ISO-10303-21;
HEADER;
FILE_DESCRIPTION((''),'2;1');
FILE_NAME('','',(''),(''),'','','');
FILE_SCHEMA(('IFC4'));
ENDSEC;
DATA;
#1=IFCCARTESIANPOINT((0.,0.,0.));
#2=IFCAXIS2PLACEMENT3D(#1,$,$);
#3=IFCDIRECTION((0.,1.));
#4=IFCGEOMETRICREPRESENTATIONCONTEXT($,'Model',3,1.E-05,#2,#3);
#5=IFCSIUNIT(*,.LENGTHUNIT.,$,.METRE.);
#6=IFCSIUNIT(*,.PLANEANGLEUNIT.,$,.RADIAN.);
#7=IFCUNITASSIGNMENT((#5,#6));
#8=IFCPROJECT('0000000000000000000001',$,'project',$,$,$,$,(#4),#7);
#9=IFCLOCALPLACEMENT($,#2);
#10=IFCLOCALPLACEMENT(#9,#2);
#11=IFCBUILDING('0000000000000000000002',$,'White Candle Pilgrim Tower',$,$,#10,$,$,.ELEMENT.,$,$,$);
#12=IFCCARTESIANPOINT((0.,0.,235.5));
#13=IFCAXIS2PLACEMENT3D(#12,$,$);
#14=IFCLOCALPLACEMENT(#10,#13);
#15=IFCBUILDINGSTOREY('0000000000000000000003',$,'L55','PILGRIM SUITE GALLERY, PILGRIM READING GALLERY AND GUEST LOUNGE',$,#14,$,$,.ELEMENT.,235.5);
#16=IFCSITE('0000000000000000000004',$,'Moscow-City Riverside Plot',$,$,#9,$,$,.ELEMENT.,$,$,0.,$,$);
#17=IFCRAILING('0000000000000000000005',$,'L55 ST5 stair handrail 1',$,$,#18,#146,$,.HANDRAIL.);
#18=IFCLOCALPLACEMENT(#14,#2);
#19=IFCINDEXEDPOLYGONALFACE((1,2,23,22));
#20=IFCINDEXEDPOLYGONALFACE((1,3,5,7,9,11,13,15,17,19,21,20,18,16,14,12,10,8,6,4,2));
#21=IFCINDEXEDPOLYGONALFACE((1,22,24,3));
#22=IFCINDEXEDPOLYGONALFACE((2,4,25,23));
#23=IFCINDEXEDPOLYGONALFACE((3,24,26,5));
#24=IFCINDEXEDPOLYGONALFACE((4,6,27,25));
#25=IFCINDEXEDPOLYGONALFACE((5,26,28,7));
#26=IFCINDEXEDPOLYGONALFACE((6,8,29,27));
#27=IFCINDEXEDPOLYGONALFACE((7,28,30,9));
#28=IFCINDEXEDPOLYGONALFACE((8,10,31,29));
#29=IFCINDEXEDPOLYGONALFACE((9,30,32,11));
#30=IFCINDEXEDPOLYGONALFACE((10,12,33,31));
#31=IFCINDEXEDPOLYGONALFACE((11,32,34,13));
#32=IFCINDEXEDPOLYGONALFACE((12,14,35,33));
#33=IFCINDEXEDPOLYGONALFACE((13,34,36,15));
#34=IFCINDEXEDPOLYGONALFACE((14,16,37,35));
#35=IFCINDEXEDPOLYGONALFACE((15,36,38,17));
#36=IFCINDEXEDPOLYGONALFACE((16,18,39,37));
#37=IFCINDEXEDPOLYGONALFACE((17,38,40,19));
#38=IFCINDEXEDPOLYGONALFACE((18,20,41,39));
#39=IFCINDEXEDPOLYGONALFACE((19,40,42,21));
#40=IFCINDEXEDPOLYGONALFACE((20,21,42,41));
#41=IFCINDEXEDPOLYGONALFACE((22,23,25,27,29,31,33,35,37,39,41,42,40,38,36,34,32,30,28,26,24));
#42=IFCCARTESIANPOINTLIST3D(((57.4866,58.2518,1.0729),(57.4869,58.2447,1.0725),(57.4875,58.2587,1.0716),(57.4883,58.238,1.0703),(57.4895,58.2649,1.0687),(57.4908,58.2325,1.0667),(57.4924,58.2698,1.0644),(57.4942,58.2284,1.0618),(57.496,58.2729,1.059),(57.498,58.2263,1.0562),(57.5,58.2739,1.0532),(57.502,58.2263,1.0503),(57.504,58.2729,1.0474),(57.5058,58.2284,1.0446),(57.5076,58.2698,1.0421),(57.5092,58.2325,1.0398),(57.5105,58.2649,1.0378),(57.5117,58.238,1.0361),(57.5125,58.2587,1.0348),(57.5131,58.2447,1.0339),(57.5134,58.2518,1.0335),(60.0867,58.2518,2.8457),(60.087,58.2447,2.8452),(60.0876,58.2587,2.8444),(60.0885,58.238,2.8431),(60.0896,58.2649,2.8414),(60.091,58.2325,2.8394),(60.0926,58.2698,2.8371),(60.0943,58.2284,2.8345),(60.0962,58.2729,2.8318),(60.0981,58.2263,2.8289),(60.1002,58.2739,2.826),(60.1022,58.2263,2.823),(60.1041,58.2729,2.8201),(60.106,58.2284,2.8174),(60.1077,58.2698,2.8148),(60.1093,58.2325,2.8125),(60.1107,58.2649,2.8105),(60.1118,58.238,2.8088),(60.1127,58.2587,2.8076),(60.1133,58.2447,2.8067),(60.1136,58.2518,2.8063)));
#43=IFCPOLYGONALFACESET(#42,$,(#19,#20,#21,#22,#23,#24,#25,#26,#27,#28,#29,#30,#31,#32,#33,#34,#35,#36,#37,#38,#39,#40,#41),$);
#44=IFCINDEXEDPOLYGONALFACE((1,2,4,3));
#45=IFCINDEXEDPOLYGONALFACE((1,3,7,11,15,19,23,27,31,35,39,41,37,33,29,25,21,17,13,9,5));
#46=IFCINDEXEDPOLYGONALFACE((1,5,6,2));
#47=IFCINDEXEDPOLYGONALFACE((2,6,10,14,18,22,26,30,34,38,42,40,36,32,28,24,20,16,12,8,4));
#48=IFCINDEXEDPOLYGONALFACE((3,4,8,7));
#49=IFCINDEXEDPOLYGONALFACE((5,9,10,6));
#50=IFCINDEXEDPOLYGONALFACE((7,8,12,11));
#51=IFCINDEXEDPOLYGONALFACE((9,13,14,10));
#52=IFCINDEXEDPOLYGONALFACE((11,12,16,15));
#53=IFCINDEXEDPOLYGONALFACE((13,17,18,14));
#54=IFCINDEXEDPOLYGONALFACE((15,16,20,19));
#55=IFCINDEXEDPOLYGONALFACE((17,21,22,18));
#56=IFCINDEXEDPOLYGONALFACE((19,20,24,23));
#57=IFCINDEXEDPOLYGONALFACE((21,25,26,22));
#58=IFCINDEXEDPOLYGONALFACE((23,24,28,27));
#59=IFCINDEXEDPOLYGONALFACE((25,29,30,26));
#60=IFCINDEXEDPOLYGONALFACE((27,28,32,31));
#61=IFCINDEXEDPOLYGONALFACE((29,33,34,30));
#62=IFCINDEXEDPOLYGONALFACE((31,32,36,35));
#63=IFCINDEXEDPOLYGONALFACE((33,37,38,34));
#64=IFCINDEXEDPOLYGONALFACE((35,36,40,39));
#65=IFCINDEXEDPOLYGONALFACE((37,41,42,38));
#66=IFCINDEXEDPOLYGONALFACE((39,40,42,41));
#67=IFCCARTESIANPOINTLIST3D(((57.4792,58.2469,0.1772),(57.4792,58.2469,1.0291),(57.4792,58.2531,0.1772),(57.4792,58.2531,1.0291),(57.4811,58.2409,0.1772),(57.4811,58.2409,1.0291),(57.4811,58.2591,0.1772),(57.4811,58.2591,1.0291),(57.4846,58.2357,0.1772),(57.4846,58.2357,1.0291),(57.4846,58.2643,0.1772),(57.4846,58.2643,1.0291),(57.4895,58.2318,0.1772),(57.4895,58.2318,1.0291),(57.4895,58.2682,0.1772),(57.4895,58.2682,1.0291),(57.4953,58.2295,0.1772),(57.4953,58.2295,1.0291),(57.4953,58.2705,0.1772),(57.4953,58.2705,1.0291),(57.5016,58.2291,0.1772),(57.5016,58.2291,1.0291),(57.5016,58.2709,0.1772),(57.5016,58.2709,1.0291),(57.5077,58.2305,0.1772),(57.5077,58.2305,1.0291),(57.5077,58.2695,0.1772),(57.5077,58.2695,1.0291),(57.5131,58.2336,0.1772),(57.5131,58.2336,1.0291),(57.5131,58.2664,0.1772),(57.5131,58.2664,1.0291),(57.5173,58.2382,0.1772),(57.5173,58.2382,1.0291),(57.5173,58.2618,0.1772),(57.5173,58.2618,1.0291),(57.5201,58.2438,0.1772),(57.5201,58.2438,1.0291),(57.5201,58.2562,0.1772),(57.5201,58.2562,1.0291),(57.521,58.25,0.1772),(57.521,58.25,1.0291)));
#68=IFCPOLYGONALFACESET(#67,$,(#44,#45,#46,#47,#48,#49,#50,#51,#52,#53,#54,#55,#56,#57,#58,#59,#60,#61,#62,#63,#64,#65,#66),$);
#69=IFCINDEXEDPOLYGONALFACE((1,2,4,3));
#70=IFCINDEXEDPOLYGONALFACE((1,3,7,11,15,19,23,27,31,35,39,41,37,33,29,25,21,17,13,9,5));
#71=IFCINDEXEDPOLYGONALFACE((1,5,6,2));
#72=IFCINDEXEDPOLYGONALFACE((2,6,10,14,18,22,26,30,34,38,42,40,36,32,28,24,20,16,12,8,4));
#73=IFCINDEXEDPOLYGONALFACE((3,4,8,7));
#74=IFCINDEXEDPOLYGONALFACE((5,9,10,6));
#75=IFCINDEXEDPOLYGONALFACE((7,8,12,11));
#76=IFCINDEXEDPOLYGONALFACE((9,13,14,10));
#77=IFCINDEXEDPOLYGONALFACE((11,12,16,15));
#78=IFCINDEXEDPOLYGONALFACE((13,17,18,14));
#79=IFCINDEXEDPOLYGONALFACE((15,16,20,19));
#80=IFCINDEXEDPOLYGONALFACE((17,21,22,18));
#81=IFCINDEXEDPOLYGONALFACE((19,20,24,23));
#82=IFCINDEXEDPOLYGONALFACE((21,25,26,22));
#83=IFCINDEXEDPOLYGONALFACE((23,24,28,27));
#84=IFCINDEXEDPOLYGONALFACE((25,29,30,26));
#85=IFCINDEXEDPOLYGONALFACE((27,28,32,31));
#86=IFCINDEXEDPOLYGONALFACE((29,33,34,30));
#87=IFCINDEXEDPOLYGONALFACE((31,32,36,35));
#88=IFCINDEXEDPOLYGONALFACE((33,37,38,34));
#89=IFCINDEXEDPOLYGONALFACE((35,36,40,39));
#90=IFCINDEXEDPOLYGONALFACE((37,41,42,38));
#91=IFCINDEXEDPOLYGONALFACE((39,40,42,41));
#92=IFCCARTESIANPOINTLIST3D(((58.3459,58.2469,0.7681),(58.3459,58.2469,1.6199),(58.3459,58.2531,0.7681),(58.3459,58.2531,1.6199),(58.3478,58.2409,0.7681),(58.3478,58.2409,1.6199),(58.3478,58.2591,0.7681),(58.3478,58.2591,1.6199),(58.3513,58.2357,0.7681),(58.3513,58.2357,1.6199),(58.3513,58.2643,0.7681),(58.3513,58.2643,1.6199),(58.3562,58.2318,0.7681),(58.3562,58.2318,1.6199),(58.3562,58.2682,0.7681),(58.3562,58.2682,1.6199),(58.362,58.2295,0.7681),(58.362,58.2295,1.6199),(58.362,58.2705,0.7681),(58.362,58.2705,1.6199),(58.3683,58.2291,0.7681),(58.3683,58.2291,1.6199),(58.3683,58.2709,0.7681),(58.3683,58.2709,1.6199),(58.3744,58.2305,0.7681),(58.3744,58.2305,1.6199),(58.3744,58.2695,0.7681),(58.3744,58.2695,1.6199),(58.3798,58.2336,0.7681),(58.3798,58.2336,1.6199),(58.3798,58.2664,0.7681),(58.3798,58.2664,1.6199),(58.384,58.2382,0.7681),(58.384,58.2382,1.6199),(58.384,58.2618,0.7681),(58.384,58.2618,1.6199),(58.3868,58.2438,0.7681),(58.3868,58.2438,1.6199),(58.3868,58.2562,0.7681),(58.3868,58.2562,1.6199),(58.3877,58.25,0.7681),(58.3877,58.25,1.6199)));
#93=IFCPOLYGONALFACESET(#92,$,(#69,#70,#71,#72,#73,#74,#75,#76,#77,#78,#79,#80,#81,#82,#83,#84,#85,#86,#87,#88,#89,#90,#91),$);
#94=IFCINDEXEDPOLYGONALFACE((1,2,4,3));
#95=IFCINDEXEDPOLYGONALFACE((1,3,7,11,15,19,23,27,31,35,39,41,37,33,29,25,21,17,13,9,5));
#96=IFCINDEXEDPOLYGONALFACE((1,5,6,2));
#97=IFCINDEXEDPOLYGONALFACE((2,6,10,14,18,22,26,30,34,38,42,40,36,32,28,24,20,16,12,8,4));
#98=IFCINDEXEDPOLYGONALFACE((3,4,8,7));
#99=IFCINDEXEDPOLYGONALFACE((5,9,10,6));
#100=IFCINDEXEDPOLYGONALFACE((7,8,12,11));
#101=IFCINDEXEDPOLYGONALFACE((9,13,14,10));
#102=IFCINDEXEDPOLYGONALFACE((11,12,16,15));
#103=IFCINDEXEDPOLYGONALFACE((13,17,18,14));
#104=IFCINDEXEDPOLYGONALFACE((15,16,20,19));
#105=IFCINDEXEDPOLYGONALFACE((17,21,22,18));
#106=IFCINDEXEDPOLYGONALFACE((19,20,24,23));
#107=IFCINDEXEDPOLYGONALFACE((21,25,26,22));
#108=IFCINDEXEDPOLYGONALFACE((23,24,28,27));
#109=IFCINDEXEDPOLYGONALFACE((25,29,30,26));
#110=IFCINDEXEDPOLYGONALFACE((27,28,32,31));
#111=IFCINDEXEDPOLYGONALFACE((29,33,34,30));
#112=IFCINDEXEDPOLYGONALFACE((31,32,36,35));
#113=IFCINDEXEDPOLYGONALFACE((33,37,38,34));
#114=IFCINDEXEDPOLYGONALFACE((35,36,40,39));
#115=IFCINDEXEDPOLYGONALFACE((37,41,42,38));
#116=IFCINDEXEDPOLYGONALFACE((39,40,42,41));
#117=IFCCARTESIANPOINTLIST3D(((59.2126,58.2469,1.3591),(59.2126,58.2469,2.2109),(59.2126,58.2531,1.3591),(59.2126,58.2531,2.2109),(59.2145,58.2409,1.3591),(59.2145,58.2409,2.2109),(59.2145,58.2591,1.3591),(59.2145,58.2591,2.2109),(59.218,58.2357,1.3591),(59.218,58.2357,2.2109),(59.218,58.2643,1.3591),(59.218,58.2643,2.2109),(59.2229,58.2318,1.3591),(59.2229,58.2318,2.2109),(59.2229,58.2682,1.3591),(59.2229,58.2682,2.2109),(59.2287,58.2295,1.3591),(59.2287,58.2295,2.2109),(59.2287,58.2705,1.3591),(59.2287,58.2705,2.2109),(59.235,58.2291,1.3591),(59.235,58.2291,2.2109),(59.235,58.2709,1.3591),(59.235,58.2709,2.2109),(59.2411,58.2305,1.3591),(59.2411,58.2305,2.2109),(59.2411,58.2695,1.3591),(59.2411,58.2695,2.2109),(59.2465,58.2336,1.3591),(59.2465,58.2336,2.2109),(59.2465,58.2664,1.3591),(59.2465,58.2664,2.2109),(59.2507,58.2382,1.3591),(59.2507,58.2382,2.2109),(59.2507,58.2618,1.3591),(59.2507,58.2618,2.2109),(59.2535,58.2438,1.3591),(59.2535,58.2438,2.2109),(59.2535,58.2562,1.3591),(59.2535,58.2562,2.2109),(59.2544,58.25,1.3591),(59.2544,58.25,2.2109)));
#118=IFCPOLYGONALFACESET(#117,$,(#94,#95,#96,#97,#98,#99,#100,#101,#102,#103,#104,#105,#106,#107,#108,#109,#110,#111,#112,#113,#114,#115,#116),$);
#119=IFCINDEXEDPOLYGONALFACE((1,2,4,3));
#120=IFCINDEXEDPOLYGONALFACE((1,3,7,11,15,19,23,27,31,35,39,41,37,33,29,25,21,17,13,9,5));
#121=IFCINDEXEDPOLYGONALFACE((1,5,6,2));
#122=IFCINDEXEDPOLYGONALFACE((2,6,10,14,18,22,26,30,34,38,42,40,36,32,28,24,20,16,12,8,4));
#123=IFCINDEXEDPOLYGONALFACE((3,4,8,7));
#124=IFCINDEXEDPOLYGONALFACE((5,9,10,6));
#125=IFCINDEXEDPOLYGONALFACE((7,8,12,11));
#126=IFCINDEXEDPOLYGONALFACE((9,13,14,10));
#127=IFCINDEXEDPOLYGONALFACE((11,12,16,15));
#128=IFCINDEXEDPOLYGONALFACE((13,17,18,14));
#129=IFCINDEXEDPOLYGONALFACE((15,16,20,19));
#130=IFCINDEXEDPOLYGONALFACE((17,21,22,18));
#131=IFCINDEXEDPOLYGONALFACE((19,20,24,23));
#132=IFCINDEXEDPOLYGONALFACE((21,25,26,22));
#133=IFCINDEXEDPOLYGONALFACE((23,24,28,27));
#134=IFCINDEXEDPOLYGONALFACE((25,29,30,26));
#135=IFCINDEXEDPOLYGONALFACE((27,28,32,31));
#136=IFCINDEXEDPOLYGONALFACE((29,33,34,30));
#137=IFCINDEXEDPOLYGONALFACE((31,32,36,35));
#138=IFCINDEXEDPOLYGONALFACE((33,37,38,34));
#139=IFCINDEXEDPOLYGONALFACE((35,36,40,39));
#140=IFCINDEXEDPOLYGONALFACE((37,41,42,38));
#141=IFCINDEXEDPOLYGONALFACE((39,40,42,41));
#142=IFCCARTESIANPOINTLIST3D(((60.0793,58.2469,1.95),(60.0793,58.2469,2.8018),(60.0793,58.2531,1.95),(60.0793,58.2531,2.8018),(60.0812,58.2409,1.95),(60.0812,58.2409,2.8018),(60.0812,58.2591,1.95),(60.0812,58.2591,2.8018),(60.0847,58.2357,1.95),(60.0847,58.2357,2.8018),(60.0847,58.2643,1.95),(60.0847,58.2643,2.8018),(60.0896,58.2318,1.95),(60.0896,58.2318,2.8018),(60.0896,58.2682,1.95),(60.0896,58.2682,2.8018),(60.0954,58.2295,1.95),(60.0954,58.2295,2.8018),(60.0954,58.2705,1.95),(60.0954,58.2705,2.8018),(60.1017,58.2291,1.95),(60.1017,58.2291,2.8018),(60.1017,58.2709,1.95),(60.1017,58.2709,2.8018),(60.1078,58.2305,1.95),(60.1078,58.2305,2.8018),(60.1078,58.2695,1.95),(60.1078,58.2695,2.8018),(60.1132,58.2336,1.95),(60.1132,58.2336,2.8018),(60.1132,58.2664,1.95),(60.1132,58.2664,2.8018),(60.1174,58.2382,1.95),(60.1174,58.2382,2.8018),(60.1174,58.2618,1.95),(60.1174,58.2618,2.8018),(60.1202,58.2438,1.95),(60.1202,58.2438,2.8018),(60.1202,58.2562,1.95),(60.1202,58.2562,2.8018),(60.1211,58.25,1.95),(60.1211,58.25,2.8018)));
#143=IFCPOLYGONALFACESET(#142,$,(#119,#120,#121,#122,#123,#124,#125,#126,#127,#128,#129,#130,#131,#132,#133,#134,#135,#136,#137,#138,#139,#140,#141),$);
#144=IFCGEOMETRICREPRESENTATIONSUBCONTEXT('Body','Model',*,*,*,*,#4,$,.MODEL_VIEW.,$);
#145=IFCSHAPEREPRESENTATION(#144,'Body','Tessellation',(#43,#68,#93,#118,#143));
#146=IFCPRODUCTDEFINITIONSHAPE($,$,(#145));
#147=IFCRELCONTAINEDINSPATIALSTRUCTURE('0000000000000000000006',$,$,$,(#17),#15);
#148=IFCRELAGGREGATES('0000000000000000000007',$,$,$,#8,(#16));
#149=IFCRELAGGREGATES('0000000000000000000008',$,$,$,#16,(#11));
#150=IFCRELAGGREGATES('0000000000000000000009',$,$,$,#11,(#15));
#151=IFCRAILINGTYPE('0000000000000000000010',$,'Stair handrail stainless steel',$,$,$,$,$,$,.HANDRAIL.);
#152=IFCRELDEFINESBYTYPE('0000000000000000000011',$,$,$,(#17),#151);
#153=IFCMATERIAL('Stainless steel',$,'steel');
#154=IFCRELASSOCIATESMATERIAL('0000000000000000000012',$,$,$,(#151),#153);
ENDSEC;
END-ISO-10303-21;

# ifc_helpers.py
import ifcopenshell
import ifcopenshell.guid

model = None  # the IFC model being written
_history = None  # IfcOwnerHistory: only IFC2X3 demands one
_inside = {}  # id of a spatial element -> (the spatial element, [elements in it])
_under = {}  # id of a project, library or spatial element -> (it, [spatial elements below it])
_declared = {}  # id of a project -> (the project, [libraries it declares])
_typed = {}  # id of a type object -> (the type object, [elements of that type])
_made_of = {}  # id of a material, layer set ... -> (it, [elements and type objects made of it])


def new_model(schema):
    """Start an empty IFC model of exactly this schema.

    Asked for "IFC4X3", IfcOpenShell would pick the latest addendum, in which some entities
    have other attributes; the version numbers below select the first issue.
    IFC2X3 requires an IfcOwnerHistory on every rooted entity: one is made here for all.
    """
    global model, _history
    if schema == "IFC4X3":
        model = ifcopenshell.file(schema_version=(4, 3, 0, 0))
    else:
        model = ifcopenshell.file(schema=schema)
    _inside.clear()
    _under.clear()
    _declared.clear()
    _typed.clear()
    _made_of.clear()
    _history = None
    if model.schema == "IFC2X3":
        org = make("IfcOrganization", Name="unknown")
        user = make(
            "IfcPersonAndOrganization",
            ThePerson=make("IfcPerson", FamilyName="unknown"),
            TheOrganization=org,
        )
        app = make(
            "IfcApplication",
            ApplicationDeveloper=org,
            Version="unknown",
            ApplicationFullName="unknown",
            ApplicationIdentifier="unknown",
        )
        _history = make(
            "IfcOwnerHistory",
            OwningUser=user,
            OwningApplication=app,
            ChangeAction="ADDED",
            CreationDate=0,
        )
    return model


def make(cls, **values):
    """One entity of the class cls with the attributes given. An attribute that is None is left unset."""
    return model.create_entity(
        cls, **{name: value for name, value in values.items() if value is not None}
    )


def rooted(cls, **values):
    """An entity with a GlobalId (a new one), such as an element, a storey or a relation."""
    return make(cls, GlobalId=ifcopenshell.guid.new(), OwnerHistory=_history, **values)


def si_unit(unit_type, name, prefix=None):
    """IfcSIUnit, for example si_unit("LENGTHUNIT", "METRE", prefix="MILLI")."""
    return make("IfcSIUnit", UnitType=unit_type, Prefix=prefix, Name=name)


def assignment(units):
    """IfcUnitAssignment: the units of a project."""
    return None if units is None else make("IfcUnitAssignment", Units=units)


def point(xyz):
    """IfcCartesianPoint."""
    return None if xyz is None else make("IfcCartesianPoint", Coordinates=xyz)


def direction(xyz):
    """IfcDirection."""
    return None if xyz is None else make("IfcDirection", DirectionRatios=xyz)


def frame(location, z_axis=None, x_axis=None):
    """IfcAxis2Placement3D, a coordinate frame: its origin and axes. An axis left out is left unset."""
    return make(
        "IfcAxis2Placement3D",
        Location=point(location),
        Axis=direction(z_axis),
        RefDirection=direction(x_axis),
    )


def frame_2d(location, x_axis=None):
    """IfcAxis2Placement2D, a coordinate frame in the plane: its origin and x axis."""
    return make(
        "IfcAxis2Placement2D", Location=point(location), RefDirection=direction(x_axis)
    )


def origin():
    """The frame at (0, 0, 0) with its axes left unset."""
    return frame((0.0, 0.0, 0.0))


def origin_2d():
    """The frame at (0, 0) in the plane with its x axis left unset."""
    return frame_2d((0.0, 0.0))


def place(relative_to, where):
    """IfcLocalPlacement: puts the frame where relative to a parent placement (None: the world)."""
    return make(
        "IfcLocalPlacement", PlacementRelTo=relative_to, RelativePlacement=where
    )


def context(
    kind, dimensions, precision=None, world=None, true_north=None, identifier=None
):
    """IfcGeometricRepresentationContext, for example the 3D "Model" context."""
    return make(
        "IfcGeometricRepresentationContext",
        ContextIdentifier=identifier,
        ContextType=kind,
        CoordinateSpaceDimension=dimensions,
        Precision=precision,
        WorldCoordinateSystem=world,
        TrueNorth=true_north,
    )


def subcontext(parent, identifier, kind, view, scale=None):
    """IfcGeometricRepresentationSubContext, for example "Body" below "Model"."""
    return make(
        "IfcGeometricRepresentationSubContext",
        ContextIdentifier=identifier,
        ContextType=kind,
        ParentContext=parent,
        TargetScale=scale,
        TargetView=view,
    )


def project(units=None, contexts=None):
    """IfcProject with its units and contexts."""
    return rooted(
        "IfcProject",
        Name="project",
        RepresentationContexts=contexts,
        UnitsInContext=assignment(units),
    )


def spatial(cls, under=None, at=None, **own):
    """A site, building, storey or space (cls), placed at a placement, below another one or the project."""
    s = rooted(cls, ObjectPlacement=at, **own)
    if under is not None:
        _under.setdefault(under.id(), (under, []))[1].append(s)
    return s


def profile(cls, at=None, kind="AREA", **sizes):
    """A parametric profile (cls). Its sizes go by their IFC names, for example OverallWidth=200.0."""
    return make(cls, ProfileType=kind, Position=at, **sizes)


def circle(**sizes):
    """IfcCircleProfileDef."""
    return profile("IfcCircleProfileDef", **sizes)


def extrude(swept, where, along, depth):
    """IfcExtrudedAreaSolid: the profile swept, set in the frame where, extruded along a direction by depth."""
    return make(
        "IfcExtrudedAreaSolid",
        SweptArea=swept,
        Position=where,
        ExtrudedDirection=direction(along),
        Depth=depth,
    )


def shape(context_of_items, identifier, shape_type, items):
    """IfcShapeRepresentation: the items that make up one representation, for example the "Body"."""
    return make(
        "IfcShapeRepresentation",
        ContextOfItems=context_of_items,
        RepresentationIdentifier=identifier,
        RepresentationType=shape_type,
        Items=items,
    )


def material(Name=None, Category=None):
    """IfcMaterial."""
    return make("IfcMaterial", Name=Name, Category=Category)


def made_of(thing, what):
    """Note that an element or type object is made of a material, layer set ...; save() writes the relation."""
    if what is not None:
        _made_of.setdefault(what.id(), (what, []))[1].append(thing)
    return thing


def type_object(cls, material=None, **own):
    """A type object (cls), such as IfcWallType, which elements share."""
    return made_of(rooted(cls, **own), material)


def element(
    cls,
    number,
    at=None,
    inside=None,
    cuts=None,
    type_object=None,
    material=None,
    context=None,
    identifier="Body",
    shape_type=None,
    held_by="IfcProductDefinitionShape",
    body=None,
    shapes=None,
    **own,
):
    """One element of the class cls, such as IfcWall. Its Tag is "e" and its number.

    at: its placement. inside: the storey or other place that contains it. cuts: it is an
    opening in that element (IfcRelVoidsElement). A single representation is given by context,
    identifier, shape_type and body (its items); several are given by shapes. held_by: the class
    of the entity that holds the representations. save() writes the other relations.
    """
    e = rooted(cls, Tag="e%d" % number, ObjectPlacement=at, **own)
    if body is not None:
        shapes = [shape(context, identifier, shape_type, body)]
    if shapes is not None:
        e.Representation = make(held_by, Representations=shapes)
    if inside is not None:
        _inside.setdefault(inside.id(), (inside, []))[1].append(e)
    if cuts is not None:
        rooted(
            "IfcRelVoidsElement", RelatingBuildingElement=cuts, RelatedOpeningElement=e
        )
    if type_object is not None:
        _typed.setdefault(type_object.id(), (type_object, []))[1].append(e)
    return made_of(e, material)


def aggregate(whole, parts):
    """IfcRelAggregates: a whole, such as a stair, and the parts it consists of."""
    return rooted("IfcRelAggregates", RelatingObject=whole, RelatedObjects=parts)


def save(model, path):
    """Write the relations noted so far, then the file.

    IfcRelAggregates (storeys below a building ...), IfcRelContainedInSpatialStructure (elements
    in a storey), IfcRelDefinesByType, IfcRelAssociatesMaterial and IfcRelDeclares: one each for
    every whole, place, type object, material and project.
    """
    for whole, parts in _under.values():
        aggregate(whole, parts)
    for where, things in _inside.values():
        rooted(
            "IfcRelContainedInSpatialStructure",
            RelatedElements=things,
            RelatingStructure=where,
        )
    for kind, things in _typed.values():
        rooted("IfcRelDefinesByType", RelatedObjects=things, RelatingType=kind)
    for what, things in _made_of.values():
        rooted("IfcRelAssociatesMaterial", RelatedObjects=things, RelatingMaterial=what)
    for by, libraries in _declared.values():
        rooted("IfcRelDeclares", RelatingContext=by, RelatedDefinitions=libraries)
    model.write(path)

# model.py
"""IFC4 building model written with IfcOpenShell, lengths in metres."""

from ifc_helpers import new_model, si_unit, direction, frame, origin, origin_2d, place, context, subcontext, project, spatial, circle, extrude, material, type_object, element, save


model = new_model("IFC4")

# Units and contexts
model_context = context("Model", 3, precision=1e-05, world=origin(), true_north=direction((0.0, 1.0)))
body_context = subcontext(model_context, "Body", "Model", "MODEL_VIEW")
ifc_project = project(units=[si_unit("LENGTHUNIT", "METRE"), si_unit("PLANEANGLEUNIT", "RADIAN")], contexts=[model_context])

# Site, building, storey
site_placement = place(None, origin())
site = spatial("IfcSite", under=ifc_project, at=site_placement, Name="Moscow-City Riverside Plot", CompositionType="ELEMENT", RefElevation=0.0)
building_placement = place(site_placement, origin())
building = spatial("IfcBuilding", under=site, at=building_placement, Name="White Candle Pilgrim Tower", CompositionType="ELEMENT")
storey_placement = place(building_placement, frame((0.0, 0.0, 235.5)))
storey = spatial("IfcBuildingStorey", under=building, at=storey_placement, Name="L55", Description="PILGRIM SUITE GALLERY, PILGRIM READING GALLERY AND GUEST LOUNGE", CompositionType="ELEMENT", Elevation=235.5)

# Railing
ifc_material_1 = material(Name="Stainless steel", Category="steel")
railing_type_1 = type_object("IfcRailingType", Name="Stair handrail stainless steel", PredefinedType="HANDRAIL", material=ifc_material_1)
railing_1_placement = place(storey_placement, frame((57.5, 58.25, 0.1772)))
element("IfcRailing", 1, at=railing_1_placement, inside=storey, type_object=railing_type_1, Name="L55 ST5 stair handrail 1", PredefinedType="HANDRAIL", context=body_context, shape_type="SweptSolid", body=[
    extrude(circle(Radius=0.0239, at=origin_2d()), frame((0.0, 0.0, 0.876), z_axis=(0.82624, 0.0, 0.563318), x_axis=(0.0, 1.0, 0.0)), (0.0, 0.0, 1.0), 3.147),
    extrude(circle(Radius=0.021, at=origin_2d()), origin(), (0.0, 0.0, 1.0), 0.8518),
    extrude(circle(Radius=0.021, at=origin_2d()), frame((0.8667, 0.0, 0.5908)), (0.0, 0.0, 1.0), 0.8518),
    extrude(circle(Radius=0.021, at=origin_2d()), frame((1.7334, 0.0, 1.1819)), (0.0, 0.0, 1.0), 0.8518),
    extrude(circle(Radius=0.021, at=origin_2d()), frame((2.6001, 0.0, 1.7727)), (0.0, 0.0, 1.0), 0.8518),
])

save(model, "model.ifc")
